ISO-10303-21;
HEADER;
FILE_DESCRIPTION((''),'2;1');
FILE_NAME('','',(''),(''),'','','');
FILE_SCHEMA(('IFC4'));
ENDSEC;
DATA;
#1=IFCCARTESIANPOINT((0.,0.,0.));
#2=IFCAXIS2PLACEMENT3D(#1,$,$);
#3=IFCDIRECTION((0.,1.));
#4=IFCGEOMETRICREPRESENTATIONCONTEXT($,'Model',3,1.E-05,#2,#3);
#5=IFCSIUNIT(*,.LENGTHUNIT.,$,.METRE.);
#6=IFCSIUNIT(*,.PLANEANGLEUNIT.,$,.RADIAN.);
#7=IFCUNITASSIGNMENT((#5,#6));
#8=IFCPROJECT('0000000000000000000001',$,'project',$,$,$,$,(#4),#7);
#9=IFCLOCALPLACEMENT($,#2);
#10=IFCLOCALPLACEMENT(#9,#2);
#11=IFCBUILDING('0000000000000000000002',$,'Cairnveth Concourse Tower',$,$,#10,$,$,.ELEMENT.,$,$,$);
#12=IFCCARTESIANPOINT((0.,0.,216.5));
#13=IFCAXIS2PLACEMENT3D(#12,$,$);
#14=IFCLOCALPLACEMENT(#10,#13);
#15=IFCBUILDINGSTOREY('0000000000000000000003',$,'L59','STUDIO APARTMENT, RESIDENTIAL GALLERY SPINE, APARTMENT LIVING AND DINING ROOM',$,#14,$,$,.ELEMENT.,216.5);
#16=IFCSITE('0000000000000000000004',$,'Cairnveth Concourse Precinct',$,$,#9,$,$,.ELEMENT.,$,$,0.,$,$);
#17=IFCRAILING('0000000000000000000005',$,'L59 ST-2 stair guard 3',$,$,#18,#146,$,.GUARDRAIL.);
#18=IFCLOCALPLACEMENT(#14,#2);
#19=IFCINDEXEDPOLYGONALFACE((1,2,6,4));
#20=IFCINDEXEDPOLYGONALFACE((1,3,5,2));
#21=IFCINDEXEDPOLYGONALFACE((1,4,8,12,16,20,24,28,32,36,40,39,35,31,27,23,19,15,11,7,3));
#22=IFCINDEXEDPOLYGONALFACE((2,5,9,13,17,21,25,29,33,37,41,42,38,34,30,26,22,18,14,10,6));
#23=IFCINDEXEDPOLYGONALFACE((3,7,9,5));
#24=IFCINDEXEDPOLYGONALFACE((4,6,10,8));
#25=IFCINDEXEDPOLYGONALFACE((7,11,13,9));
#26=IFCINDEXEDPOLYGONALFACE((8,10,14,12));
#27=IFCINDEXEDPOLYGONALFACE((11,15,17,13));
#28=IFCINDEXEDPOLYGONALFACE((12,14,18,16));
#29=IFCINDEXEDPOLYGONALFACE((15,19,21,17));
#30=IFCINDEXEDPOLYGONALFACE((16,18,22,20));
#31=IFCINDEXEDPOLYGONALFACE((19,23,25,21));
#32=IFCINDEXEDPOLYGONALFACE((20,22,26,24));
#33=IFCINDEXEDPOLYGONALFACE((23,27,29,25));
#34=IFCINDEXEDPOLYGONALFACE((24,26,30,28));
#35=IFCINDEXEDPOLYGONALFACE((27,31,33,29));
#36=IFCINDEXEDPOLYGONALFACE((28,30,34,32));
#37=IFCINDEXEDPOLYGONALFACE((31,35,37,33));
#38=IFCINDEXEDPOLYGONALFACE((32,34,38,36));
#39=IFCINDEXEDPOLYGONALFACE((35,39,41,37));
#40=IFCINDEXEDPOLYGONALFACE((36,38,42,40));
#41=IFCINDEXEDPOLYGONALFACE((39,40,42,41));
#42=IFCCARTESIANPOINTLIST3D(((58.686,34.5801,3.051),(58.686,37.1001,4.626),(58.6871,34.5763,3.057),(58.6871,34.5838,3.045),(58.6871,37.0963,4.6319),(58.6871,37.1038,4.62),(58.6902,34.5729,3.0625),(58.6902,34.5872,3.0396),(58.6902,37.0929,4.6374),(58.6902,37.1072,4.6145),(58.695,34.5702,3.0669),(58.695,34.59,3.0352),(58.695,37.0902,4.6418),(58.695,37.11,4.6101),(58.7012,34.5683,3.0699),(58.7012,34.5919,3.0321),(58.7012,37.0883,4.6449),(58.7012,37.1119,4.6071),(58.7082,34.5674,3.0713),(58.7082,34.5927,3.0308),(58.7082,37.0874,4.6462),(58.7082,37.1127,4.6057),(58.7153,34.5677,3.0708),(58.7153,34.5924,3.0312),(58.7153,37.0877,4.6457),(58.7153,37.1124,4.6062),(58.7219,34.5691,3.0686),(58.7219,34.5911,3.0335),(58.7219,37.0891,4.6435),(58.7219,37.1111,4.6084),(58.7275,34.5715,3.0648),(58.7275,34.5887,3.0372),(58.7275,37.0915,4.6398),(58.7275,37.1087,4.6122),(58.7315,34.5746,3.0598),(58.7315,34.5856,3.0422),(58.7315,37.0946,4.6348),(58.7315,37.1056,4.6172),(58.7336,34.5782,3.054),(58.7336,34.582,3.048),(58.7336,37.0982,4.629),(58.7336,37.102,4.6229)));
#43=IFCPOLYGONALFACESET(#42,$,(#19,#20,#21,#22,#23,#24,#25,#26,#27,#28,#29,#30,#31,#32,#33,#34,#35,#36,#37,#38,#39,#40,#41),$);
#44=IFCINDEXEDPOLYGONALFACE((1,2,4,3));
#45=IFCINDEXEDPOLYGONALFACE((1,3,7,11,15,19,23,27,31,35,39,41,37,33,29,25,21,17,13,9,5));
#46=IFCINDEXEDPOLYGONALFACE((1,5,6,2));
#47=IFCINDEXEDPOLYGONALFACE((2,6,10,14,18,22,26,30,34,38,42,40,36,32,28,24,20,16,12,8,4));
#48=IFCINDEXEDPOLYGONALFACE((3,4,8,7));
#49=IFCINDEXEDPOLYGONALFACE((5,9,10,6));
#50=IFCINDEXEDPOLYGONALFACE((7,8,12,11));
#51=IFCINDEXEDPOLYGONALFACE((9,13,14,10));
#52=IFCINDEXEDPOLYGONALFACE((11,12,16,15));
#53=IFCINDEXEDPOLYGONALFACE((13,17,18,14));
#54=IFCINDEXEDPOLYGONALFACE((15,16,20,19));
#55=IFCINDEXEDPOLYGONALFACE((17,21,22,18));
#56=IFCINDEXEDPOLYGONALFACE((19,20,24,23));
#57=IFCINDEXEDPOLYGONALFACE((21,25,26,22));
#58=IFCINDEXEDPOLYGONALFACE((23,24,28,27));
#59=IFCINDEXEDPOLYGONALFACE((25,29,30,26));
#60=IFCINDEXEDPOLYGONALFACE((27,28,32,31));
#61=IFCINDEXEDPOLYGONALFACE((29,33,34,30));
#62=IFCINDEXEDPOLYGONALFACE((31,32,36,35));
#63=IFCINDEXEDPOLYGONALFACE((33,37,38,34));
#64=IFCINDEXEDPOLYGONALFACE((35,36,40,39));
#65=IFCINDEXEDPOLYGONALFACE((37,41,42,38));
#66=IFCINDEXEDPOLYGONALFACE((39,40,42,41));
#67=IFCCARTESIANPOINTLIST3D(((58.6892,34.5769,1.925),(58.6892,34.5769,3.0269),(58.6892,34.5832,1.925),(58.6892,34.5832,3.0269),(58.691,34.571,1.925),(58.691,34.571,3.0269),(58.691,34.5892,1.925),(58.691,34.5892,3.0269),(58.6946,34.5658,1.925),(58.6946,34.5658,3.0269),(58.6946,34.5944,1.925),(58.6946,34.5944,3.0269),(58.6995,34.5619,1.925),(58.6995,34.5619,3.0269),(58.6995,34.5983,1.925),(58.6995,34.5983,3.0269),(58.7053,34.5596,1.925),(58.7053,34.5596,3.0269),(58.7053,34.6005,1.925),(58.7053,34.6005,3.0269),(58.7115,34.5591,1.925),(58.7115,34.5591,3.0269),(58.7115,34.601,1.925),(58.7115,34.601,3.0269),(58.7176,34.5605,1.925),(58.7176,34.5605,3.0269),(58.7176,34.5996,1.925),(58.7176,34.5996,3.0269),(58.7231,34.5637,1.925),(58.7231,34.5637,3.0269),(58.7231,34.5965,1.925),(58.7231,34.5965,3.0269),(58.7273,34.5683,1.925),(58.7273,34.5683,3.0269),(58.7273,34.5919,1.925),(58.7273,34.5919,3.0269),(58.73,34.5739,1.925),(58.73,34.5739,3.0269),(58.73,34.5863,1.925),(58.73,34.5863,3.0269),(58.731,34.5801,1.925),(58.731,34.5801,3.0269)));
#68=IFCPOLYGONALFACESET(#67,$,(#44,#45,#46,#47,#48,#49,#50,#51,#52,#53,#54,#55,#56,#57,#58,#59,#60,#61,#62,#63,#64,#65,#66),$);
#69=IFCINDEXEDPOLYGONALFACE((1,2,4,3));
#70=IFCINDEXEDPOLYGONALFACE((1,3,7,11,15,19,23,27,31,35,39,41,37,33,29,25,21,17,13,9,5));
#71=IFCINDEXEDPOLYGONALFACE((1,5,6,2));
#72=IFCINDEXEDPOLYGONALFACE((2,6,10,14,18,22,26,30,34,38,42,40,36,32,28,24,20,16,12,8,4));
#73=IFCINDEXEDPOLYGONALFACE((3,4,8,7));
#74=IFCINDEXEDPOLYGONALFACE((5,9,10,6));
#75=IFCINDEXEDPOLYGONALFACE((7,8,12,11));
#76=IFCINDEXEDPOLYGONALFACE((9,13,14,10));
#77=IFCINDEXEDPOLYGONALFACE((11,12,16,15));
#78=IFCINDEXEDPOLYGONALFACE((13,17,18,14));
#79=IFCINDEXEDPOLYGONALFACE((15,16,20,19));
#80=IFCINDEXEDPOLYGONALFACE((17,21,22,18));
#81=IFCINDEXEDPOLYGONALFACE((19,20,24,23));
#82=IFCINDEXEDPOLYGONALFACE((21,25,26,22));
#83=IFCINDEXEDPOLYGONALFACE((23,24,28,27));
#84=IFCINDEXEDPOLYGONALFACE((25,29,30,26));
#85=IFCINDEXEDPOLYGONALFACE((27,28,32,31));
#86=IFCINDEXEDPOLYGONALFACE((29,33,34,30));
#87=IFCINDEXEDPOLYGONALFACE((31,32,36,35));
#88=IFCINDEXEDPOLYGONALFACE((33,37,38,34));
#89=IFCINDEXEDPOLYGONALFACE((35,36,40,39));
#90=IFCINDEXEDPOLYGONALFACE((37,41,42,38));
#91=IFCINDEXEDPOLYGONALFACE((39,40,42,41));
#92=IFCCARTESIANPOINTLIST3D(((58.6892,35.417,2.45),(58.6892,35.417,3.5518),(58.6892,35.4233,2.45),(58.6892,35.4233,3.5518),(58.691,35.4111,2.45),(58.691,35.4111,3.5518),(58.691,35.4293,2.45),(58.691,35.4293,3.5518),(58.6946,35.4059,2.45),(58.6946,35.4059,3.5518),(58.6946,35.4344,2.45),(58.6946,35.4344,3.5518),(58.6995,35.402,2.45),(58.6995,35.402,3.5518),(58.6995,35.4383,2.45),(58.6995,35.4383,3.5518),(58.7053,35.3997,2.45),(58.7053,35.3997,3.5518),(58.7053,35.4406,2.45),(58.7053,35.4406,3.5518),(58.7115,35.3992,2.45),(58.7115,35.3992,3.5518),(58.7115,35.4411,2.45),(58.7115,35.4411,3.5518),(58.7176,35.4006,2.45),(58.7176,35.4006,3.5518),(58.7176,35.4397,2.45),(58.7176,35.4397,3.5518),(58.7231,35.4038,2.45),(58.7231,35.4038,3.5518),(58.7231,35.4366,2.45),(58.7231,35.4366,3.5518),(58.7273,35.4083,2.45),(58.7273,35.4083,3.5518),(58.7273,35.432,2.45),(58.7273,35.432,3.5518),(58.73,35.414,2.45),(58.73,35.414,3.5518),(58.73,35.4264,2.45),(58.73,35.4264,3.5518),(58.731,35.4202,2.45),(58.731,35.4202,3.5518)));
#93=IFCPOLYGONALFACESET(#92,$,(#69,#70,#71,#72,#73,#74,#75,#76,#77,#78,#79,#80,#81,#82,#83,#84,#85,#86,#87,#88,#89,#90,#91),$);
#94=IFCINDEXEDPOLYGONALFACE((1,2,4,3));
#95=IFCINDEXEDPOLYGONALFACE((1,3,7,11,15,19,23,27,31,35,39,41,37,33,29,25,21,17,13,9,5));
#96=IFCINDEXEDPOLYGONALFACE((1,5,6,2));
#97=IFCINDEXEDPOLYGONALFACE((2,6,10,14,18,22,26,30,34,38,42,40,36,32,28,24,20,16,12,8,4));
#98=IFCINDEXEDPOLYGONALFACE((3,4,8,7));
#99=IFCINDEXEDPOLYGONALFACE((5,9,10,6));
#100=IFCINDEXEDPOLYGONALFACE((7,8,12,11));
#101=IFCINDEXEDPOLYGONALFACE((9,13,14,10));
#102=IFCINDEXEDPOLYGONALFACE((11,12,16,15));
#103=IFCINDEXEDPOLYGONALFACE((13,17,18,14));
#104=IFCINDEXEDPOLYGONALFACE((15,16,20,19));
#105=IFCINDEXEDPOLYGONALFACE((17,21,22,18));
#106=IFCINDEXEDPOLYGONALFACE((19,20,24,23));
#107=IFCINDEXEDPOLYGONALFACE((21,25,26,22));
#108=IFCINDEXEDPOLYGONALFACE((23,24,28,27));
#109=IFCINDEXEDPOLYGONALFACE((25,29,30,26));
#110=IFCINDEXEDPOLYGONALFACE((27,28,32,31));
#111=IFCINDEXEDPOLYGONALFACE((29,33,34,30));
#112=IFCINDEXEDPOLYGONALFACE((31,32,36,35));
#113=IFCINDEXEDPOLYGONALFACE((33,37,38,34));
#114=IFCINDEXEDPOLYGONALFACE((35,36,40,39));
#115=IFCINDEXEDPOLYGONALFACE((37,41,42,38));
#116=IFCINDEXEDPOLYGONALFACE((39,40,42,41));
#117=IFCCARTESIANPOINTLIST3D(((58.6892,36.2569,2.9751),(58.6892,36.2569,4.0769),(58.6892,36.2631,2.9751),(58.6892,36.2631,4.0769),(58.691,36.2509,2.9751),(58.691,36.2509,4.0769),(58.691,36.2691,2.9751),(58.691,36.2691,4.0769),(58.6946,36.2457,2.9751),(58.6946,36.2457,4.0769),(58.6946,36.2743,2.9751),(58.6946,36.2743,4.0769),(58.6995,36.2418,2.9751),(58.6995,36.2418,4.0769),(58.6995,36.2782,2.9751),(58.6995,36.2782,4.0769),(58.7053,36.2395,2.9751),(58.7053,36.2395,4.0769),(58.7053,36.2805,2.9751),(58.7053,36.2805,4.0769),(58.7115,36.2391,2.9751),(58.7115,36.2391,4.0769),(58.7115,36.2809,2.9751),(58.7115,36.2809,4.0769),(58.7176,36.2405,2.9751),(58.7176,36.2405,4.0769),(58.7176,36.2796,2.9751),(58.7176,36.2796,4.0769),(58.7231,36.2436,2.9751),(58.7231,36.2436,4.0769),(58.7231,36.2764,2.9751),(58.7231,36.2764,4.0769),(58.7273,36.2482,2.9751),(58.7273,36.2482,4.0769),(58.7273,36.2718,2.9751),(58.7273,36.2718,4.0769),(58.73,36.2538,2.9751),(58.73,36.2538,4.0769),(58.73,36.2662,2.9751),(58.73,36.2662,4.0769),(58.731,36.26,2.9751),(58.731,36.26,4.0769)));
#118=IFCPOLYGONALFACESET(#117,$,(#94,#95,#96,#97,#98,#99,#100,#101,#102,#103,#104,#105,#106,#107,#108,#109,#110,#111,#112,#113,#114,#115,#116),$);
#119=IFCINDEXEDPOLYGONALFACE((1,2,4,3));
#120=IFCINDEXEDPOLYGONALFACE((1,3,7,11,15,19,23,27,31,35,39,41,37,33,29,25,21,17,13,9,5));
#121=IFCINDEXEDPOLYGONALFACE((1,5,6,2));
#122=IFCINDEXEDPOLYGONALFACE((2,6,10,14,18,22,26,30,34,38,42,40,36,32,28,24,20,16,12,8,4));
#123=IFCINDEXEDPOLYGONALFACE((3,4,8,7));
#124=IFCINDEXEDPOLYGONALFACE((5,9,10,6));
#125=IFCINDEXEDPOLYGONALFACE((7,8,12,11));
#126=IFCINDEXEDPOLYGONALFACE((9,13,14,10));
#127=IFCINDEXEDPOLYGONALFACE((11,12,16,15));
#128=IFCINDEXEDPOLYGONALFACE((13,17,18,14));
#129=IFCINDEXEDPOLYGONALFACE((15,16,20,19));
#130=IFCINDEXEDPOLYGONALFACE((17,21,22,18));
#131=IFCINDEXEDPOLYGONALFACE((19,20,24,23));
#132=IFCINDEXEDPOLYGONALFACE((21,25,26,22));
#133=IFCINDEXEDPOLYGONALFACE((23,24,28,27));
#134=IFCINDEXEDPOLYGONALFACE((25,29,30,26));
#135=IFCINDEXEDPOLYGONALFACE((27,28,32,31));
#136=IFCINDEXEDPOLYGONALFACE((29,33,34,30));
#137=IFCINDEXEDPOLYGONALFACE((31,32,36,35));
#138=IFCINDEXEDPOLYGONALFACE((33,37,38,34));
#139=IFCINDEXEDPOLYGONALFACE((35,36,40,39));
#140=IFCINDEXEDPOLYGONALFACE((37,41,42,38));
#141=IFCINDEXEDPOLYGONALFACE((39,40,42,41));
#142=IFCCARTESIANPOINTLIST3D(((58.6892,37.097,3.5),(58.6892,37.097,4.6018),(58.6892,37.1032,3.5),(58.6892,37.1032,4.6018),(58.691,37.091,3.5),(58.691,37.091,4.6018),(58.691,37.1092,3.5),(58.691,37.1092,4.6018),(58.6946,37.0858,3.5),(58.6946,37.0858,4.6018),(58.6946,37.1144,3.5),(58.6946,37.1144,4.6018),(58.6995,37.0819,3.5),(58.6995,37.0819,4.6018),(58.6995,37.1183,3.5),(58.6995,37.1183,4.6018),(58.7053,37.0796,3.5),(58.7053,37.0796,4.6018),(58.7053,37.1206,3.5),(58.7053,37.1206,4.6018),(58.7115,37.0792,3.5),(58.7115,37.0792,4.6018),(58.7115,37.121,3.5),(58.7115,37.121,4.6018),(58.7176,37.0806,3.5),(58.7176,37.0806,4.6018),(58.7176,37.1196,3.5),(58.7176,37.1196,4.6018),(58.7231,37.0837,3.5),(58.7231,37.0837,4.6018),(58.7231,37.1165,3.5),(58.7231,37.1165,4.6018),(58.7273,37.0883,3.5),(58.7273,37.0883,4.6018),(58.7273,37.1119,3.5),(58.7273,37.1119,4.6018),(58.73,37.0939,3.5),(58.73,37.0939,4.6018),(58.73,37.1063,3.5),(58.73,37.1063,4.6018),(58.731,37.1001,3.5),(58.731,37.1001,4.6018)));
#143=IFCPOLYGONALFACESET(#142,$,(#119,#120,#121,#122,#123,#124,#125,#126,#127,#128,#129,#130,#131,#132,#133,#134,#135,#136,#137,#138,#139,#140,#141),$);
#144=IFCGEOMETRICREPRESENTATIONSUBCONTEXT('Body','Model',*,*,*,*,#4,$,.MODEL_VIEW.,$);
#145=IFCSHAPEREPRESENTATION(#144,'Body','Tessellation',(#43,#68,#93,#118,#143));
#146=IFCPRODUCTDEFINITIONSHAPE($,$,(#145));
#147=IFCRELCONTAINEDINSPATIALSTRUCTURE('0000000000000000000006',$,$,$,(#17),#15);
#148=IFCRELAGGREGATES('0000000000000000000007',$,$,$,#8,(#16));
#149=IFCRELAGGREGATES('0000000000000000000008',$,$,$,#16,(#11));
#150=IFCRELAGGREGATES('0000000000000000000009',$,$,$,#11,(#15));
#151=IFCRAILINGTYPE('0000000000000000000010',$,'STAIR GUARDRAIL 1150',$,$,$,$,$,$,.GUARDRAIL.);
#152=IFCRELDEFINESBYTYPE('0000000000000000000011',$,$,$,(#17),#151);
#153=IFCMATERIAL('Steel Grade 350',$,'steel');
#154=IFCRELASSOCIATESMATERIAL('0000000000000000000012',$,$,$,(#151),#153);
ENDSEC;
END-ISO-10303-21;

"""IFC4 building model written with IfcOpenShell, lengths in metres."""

from ifc_helpers import new_model, si_unit, direction, frame, origin, origin_2d, place, context, subcontext, project, spatial, circle, extrude, material, type_object, element, save


model = new_model("IFC4")

# Units and contexts
model_context = context("Model", 3, precision=1e-05, world=origin(), true_north=direction((0.0, 1.0)))
body_context = subcontext(model_context, "Body", "Model", "MODEL_VIEW")
ifc_project = project(units=[si_unit("LENGTHUNIT", "METRE"), si_unit("PLANEANGLEUNIT", "RADIAN")], contexts=[model_context])

# Site, building, storey
site_placement = place(None, origin())
site = spatial("IfcSite", under=ifc_project, at=site_placement, Name="Cairnveth Concourse Precinct", CompositionType="ELEMENT", RefElevation=0.0)
building_placement = place(site_placement, origin())
building = spatial("IfcBuilding", under=site, at=building_placement, Name="Cairnveth Concourse Tower", CompositionType="ELEMENT")
storey_placement = place(building_placement, frame((0.0, 0.0, 216.5)))
storey = spatial("IfcBuildingStorey", under=building, at=storey_placement, Name="L59", Description="STUDIO APARTMENT, RESIDENTIAL GALLERY SPINE, APARTMENT LIVING AND DINING ROOM", CompositionType="ELEMENT", Elevation=216.5)

# Shared definitions
ifc_material_1 = material(Name="Steel Grade 350", Category="steel")

# Railing
railing_type_1 = type_object("IfcRailingType", Name="STAIR GUARDRAIL 1150", PredefinedType="GUARDRAIL", material=ifc_material_1)
railing_1_placement = place(storey_placement, frame((58.71, 34.5801, 1.925)))
element("IfcRailing", 1, at=railing_1_placement, inside=storey, type_object=railing_type_1, Name="L59 ST-2 stair guard 3", PredefinedType="GUARDRAIL", context=body_context, shape_type="SweptSolid", body=[
    extrude(circle(Radius=0.0239, at=origin_2d()), frame((0.0, 0.0, 1.126), z_axis=(0.0, 0.848008, 0.529984), x_axis=(-1.0, 0.0, 0.0)), (0.0, 0.0, 1.0), 2.9717),
    extrude(circle(Radius=0.021, at=origin_2d()), origin(), (0.0, 0.0, 1.0), 1.1018),
    extrude(circle(Radius=0.021, at=origin_2d()), frame((0.0, 0.8401, 0.5249)), (0.0, 0.0, 1.0), 1.1018),
    extrude(circle(Radius=0.021, at=origin_2d()), frame((0.0, 1.6799, 1.05)), (0.0, 0.0, 1.0), 1.1018),
    extrude(circle(Radius=0.021, at=origin_2d()), frame((0.0, 2.52, 1.575)), (0.0, 0.0, 1.0), 1.1018),
])

save(model, "model.ifc")
